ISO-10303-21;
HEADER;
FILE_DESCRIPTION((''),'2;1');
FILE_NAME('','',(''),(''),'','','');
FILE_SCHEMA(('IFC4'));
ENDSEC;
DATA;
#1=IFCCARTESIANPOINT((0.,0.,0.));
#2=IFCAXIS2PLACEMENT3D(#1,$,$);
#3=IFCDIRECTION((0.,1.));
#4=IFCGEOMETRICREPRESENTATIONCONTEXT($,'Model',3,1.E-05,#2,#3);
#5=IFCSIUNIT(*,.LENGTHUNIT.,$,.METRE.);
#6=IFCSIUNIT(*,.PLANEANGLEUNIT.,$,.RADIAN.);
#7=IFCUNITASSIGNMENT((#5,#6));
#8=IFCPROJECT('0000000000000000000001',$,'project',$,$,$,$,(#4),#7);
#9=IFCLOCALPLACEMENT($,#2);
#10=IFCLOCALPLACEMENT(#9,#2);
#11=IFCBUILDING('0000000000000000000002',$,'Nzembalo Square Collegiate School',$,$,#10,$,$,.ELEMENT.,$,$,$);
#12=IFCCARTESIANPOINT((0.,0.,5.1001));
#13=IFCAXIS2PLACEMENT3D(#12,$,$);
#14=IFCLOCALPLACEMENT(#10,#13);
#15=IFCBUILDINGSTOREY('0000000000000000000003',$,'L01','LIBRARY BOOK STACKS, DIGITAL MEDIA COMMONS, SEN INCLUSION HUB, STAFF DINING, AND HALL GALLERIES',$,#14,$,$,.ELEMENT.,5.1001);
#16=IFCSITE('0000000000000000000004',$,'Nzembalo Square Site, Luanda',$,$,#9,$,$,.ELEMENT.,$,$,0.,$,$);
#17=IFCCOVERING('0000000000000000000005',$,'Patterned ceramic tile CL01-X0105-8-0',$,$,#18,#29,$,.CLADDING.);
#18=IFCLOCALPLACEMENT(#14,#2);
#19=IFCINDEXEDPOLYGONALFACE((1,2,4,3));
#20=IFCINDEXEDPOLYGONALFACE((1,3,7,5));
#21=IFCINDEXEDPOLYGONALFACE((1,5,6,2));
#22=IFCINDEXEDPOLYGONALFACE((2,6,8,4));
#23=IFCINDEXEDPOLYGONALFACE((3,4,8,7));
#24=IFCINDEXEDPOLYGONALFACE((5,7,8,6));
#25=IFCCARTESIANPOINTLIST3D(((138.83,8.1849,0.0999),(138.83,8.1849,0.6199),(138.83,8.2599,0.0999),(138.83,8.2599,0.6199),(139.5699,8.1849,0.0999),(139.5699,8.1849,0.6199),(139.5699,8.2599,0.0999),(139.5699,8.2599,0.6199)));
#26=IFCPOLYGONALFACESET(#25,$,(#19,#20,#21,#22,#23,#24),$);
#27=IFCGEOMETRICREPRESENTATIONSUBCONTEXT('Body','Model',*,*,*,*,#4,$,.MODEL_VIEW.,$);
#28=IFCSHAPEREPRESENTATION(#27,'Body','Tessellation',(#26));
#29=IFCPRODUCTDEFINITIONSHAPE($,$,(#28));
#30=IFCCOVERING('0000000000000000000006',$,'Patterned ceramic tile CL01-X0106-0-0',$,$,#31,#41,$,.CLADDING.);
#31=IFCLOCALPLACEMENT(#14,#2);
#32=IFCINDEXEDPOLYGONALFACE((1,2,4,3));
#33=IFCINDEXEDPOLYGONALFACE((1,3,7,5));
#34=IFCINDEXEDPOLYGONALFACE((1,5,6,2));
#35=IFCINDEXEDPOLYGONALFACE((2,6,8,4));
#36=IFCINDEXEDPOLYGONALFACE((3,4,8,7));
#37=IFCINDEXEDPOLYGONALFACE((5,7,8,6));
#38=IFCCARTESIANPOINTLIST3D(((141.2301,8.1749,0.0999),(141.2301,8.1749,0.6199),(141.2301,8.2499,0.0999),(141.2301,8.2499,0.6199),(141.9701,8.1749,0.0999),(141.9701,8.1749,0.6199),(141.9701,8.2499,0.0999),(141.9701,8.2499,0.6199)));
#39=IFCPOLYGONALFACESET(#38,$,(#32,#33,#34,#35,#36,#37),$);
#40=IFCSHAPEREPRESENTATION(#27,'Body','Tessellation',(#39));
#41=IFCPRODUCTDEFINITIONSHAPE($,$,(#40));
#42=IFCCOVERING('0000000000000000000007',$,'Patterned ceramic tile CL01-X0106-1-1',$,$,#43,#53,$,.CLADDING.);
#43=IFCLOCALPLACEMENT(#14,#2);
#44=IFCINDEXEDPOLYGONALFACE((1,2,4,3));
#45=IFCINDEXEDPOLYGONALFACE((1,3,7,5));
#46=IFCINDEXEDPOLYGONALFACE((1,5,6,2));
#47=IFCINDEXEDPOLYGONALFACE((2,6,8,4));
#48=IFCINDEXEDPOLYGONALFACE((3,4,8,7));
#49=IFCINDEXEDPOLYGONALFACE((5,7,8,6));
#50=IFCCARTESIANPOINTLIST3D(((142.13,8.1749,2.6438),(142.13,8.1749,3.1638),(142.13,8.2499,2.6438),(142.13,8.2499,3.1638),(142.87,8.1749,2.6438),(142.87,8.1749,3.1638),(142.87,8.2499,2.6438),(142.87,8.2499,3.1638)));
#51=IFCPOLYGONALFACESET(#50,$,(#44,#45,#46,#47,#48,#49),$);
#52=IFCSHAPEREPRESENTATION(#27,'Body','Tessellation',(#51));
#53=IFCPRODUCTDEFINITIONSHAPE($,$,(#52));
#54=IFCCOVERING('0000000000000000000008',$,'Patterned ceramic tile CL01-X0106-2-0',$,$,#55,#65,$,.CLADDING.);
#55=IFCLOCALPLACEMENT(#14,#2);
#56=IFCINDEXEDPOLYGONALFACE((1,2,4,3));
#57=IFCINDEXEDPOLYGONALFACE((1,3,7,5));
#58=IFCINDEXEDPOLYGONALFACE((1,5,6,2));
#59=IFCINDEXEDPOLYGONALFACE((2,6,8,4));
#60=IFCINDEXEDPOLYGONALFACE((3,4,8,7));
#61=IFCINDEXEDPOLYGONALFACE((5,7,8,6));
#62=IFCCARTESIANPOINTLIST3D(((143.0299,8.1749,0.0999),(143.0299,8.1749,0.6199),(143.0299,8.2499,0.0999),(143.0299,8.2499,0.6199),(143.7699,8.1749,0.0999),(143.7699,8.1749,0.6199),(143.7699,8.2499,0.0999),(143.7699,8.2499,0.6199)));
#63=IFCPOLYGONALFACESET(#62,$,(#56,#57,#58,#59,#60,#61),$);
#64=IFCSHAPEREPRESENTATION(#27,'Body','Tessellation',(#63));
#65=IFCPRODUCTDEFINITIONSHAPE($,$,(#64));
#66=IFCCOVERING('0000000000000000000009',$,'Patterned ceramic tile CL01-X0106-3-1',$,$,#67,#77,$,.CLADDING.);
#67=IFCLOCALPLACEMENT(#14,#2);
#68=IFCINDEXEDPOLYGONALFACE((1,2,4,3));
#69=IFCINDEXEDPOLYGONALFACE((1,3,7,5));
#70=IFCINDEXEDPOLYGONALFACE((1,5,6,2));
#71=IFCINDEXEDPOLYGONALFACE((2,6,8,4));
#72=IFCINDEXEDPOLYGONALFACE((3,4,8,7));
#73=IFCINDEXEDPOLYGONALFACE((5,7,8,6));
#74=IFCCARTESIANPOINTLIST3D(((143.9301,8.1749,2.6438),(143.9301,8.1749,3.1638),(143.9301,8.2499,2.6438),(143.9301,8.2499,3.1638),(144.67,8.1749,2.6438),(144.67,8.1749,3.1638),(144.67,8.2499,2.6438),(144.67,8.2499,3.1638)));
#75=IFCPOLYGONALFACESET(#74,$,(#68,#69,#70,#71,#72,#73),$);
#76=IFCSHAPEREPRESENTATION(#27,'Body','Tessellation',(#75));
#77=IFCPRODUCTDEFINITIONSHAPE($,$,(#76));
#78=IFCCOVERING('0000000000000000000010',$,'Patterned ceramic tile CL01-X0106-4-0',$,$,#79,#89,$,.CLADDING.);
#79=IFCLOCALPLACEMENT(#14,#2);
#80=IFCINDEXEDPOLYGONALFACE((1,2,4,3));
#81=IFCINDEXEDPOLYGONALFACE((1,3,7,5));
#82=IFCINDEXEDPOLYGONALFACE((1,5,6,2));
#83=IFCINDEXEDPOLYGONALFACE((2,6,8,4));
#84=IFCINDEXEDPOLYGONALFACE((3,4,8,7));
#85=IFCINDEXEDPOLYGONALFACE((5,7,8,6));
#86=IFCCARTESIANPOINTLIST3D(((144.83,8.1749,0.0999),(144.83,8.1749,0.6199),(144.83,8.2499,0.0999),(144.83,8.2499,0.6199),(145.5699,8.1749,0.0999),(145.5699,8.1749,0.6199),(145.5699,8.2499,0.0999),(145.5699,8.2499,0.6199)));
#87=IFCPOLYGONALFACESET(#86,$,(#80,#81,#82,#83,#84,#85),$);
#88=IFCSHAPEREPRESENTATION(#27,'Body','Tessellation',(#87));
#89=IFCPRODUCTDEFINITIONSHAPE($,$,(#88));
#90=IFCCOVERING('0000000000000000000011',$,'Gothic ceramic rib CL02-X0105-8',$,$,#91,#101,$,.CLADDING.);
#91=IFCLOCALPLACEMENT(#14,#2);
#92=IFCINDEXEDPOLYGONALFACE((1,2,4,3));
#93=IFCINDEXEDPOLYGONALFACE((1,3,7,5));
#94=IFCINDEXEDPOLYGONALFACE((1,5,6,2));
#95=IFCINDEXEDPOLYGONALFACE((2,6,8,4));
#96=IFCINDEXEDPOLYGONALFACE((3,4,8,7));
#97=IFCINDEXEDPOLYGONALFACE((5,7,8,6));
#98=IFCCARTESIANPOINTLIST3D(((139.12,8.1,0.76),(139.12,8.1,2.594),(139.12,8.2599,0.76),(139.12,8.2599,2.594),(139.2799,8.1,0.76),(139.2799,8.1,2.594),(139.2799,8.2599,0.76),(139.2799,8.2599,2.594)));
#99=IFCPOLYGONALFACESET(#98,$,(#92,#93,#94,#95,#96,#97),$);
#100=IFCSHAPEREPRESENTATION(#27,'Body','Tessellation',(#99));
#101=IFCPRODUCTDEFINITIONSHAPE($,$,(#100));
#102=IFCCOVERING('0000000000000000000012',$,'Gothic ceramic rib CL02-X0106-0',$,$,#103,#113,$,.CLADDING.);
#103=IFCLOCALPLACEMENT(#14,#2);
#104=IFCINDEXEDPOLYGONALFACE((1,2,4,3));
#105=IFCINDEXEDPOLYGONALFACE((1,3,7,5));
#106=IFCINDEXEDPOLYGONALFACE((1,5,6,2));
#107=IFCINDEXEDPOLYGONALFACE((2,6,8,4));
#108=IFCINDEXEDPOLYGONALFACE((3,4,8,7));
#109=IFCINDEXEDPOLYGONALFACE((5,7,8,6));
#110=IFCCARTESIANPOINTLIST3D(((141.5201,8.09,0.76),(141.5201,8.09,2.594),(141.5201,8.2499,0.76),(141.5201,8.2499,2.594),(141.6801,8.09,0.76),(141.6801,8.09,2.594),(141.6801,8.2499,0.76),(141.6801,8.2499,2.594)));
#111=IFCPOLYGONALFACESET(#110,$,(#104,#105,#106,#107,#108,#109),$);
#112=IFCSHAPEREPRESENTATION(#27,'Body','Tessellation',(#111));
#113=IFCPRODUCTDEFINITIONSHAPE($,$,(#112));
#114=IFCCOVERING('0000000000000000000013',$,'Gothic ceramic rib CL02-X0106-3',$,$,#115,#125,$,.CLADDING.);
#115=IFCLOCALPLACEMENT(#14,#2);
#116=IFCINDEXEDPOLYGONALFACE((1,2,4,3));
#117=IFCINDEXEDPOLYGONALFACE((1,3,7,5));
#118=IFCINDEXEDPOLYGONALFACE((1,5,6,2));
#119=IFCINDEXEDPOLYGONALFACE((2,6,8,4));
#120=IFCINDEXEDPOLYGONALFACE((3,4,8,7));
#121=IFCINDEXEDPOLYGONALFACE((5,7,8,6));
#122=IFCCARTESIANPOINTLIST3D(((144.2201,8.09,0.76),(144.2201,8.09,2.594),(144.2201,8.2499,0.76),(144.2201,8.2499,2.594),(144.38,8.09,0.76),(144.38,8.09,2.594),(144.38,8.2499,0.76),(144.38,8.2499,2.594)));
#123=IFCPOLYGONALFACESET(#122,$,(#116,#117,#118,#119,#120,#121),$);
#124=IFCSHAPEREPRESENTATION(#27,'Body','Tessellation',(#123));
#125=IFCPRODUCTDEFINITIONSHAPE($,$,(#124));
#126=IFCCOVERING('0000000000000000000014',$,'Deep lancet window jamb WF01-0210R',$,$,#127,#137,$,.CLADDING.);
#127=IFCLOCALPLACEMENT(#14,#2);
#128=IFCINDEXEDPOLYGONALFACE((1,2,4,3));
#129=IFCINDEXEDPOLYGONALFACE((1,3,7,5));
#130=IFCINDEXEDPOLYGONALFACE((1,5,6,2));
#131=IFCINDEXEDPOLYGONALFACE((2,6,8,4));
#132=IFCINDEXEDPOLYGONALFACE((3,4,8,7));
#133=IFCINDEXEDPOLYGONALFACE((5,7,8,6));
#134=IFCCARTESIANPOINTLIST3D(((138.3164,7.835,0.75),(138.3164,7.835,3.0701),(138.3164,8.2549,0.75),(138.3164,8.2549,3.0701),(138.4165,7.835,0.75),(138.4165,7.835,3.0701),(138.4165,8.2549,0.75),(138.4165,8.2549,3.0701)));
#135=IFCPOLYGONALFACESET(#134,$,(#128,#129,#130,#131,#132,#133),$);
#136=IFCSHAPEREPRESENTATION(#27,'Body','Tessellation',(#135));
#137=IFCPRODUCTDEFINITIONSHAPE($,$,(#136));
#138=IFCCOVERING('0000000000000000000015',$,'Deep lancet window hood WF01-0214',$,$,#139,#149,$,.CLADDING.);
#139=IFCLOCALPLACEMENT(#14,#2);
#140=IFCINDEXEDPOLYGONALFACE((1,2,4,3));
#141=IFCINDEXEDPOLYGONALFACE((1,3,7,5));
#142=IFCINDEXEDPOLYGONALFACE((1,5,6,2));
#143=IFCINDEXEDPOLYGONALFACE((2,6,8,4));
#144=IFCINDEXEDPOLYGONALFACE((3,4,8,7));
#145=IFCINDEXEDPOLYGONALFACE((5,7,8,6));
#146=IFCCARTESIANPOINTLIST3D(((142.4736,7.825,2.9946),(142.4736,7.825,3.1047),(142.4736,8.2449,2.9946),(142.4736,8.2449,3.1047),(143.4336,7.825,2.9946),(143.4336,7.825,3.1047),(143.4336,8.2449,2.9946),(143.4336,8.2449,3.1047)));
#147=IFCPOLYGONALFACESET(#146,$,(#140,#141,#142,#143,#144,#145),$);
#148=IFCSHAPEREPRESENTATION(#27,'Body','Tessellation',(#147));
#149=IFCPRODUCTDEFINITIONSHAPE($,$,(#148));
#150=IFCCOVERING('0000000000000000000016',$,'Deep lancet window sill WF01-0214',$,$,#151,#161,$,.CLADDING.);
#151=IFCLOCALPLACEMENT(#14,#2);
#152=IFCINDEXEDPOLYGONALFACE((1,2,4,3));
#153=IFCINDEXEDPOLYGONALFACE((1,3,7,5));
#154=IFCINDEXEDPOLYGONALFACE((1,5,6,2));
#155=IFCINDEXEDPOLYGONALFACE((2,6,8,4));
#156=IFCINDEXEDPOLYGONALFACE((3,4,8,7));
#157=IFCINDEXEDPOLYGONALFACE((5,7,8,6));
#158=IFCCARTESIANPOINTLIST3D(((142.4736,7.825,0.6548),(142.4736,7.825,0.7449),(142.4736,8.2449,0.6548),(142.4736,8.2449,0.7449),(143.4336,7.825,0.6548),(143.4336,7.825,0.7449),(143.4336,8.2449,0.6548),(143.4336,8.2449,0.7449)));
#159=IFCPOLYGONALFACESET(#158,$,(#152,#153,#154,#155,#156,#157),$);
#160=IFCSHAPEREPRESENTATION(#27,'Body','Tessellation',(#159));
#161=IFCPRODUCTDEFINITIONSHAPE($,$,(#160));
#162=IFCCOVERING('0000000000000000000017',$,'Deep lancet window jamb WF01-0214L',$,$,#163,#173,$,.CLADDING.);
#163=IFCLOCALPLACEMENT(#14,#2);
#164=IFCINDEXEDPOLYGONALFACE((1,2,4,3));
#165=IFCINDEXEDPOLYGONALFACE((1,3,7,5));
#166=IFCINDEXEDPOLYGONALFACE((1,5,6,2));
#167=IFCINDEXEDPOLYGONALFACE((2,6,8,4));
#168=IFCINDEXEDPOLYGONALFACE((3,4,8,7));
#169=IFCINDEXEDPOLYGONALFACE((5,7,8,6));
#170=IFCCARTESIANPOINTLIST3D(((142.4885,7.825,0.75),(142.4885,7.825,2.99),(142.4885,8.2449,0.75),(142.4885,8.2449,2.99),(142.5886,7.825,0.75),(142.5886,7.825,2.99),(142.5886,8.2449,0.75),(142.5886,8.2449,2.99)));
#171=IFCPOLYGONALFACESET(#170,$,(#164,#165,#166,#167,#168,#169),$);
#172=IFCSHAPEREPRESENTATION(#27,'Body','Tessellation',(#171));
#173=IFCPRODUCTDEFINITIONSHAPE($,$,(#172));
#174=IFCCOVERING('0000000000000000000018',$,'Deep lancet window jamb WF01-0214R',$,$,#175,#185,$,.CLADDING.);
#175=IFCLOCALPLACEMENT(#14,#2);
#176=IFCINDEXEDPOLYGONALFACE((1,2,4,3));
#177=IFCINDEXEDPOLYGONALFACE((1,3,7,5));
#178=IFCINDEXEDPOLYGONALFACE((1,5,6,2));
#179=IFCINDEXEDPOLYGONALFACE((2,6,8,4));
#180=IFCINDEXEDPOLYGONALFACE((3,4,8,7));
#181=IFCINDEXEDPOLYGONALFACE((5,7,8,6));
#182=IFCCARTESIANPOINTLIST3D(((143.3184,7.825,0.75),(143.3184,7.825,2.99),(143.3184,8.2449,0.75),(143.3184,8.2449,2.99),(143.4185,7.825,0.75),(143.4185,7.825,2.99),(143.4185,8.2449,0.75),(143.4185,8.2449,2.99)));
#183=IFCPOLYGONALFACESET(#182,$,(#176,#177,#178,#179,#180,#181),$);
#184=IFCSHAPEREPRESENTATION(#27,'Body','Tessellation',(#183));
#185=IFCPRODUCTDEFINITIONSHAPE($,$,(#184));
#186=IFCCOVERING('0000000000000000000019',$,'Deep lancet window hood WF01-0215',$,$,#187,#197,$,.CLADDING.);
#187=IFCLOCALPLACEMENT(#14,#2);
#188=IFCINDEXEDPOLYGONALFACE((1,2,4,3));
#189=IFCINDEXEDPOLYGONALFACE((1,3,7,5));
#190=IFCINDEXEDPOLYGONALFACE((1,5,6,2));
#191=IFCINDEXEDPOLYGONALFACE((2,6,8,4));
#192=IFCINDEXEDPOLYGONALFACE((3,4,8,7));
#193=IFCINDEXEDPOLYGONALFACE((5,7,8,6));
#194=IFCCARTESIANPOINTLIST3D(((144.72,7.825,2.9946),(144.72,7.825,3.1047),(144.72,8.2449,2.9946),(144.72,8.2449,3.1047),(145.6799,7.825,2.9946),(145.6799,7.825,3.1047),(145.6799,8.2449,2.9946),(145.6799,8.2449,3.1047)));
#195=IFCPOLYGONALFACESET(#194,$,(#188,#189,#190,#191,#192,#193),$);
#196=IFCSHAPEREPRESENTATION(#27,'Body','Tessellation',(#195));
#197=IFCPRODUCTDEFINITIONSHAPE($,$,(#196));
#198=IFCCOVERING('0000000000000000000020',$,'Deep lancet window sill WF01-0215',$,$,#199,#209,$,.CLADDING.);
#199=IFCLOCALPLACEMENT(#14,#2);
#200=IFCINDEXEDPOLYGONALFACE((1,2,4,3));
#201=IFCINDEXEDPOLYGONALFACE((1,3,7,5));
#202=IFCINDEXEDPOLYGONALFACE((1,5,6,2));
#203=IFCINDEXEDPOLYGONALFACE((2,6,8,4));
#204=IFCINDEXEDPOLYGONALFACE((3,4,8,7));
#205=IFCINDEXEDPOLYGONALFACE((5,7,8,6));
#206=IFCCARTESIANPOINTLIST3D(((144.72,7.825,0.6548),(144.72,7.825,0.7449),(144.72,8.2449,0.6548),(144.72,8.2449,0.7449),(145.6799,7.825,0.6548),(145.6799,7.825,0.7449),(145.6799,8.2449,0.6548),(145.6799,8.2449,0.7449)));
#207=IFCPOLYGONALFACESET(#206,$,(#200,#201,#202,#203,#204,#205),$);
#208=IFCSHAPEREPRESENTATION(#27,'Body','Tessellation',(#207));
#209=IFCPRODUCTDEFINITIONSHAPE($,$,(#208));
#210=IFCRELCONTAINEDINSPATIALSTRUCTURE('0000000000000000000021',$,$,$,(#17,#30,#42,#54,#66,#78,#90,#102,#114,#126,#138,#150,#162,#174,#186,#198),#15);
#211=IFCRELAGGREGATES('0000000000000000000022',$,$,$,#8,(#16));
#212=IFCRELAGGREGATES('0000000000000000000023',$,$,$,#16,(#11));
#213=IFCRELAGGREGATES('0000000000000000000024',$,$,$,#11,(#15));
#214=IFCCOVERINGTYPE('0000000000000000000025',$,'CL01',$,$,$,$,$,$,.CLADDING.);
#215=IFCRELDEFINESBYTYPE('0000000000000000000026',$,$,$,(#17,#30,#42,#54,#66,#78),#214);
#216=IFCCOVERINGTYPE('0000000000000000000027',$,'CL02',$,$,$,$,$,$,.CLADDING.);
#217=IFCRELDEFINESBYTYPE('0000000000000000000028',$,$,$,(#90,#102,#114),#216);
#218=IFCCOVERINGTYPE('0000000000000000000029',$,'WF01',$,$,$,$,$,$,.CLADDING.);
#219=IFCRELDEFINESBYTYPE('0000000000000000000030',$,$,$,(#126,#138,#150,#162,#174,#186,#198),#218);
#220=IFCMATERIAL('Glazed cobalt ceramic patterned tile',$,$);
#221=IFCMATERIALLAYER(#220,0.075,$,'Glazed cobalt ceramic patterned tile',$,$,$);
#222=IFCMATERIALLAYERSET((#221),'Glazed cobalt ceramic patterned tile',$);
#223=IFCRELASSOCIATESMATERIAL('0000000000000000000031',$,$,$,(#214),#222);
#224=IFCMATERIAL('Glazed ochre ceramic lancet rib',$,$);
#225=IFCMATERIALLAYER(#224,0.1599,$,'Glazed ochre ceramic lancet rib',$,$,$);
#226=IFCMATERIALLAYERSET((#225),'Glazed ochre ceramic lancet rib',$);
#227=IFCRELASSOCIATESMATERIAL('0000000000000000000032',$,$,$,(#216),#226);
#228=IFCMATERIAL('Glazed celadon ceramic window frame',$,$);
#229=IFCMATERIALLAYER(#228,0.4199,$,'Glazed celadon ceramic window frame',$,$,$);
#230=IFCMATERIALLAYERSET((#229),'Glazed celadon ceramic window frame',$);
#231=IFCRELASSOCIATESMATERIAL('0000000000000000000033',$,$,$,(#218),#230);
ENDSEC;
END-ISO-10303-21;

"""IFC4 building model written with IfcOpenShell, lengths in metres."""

from ifc_helpers import new_model, si_unit, direction, frame, origin, origin_2d, place, context, subcontext, project, spatial, rectangle, extrude, material, layer, layer_set, type_object, element, save


model = new_model("IFC4")

# Units and contexts
model_context = context("Model", 3, precision=1e-05, world=origin(), true_north=direction((0.0, 1.0)))
body_context = subcontext(model_context, "Body", "Model", "MODEL_VIEW")
ifc_project = project(units=[si_unit("LENGTHUNIT", "METRE"), si_unit("PLANEANGLEUNIT", "RADIAN")], contexts=[model_context])

# Site, building, storey
site_placement = place(None, origin())
site = spatial("IfcSite", under=ifc_project, at=site_placement, Name="Nzembalo Square Site, Luanda", CompositionType="ELEMENT", RefElevation=0.0)
building_placement = place(site_placement, origin())
building = spatial("IfcBuilding", under=site, at=building_placement, Name="Nzembalo Square Collegiate School", CompositionType="ELEMENT")
storey_placement = place(building_placement, frame((0.0, 0.0, 5.1001)))
storey = spatial("IfcBuildingStorey", under=building, at=storey_placement, Name="L01", Description="LIBRARY BOOK STACKS, DIGITAL MEDIA COMMONS, SEN INCLUSION HUB, STAFF DINING, AND HALL GALLERIES", CompositionType="ELEMENT", Elevation=5.1001)

# Coverings
ifc_material_1 = material(Name="Glazed cobalt ceramic patterned tile")
ifc_layer_1 = layer(ifc_material_1, 0.075, Name="Glazed cobalt ceramic patterned tile")
ifc_layer_set_1 = layer_set([ifc_layer_1], Name="Glazed cobalt ceramic patterned tile")
covering_type_1 = type_object("IfcCoveringType", Name="CL01", PredefinedType="CLADDING", material=ifc_layer_set_1)
for number, where, z_axis, x_axis, name in (
    (1, (139.2, 8.2224, 0.0999), (0.0, 0.0, 1.0), (1.0, 0.0, 0.0), "Patterned ceramic tile CL01-X0105-8-0"),
    (2, (141.6001, 8.2124, 0.0999), (0.0, 0.0, 1.0), (1.0, 0.0, 0.0), "Patterned ceramic tile CL01-X0106-0-0"),
    (3, (142.5, 8.2124, 2.6438), (0.0, 0.0, 1.0), (1.0, 0.0, 0.0), "Patterned ceramic tile CL01-X0106-1-1"),
    (4, (143.3999, 8.2124, 0.0999), (0.0, 0.0, 1.0), (1.0, 0.0, 0.0), "Patterned ceramic tile CL01-X0106-2-0"),
    (5, (144.3, 8.2124, 2.6438), (0.0, 0.0, 1.0), (1.0, 0.0, 0.0), "Patterned ceramic tile CL01-X0106-3-1"),
    (6, (145.2, 8.2124, 0.0999), (0.0, 0.0, 1.0), (1.0, 0.0, 0.0), "Patterned ceramic tile CL01-X0106-4-0"),
):
    element("IfcCovering", number, at=place(storey_placement, frame(where, z_axis=z_axis, x_axis=x_axis)), inside=storey, type_object=covering_type_1, Name=name, PredefinedType="CLADDING", context=body_context, shape_type="SweptSolid", body=[
        extrude(rectangle(XDim=0.74, YDim=0.075, at=origin_2d()), origin(), (0.0, 0.0, 1.0), 0.52),
    ])
ifc_material_2 = material(Name="Glazed ochre ceramic lancet rib")
ifc_layer_2 = layer(ifc_material_2, 0.1599, Name="Glazed ochre ceramic lancet rib")
ifc_layer_set_2 = layer_set([ifc_layer_2], Name="Glazed ochre ceramic lancet rib")
covering_type_2 = type_object("IfcCoveringType", Name="CL02", PredefinedType="CLADDING", material=ifc_layer_set_2)
for number, where, z_axis, x_axis, name in (
    (7, (139.2, 8.1799, 0.76), (0.0, 0.0, 1.0), (1.0, 0.0, 0.0), "Gothic ceramic rib CL02-X0105-8"),
    (8, (141.6001, 8.1699, 0.76), (0.0, 0.0, 1.0), (1.0, 0.0, 0.0), "Gothic ceramic rib CL02-X0106-0"),
    (9, (144.3, 8.1699, 0.76), (0.0, 0.0, 1.0), (1.0, 0.0, 0.0), "Gothic ceramic rib CL02-X0106-3"),
):
    element("IfcCovering", number, at=place(storey_placement, frame(where, z_axis=z_axis, x_axis=x_axis)), inside=storey, type_object=covering_type_2, Name=name, PredefinedType="CLADDING", context=body_context, shape_type="SweptSolid", body=[
        extrude(rectangle(XDim=0.1599, YDim=0.1599, at=origin_2d()), origin(), (0.0, 0.0, 1.0), 1.834),
    ])
ifc_material_3 = material(Name="Glazed celadon ceramic window frame")
ifc_layer_3 = layer(ifc_material_3, 0.4199, Name="Glazed celadon ceramic window frame")
ifc_layer_set_3 = layer_set([ifc_layer_3], Name="Glazed celadon ceramic window frame")
covering_type_3 = type_object("IfcCoveringType", Name="WF01", PredefinedType="CLADDING", material=ifc_layer_set_3)
covering_1_placement = place(storey_placement, frame((138.3665, 8.0449, 0.75), z_axis=(0.0, 0.0, 1.0), x_axis=(1.0, 0.0, 0.0)))
element("IfcCovering", 10, at=covering_1_placement, inside=storey, type_object=covering_type_3, Name="Deep lancet window jamb WF01-0210R", PredefinedType="CLADDING", context=body_context, shape_type="SweptSolid", body=[
    extrude(rectangle(XDim=0.1001, YDim=0.4199, at=origin_2d()), origin(), (0.0, 0.0, 1.0), 2.3201),
])
covering_2_placement = place(storey_placement, frame((142.9536, 8.0349, 2.9946), z_axis=(0.0, 0.0, 1.0), x_axis=(1.0, 0.0, 0.0)))
element("IfcCovering", 11, at=covering_2_placement, inside=storey, type_object=covering_type_3, Name="Deep lancet window hood WF01-0214", PredefinedType="CLADDING", context=body_context, shape_type="SweptSolid", body=[
    extrude(rectangle(XDim=0.96, YDim=0.4199, at=origin_2d()), origin(), (0.0, 0.0, 1.0), 0.1101),
])
covering_3_placement = place(storey_placement, frame((142.9536, 8.0349, 0.6548), z_axis=(0.0, 0.0, 1.0), x_axis=(1.0, 0.0, 0.0)))
element("IfcCovering", 12, at=covering_3_placement, inside=storey, type_object=covering_type_3, Name="Deep lancet window sill WF01-0214", PredefinedType="CLADDING", context=body_context, shape_type="SweptSolid", body=[
    extrude(rectangle(XDim=0.96, YDim=0.4199, at=origin_2d()), origin(), (0.0, 0.0, 1.0), 0.0901),
])
for number, where, z_axis, x_axis, name in (
    (13, (142.5386, 8.0349, 0.75), (0.0, 0.0, 1.0), (1.0, 0.0, 0.0), "Deep lancet window jamb WF01-0214L"),
    (14, (143.3684, 8.0349, 0.75), (0.0, 0.0, 1.0), (1.0, 0.0, 0.0), "Deep lancet window jamb WF01-0214R"),
):
    element("IfcCovering", number, at=place(storey_placement, frame(where, z_axis=z_axis, x_axis=x_axis)), inside=storey, type_object=covering_type_3, Name=name, PredefinedType="CLADDING", context=body_context, shape_type="SweptSolid", body=[
        extrude(rectangle(XDim=0.1001, YDim=0.4199, at=origin_2d()), origin(), (0.0, 0.0, 1.0), 2.24),
    ])
covering_4_placement = place(storey_placement, frame((145.2, 8.0349, 2.9946), z_axis=(0.0, 0.0, 1.0), x_axis=(1.0, 0.0, 0.0)))
element("IfcCovering", 15, at=covering_4_placement, inside=storey, type_object=covering_type_3, Name="Deep lancet window hood WF01-0215", PredefinedType="CLADDING", context=body_context, shape_type="SweptSolid", body=[
    extrude(rectangle(XDim=0.96, YDim=0.4199, at=origin_2d()), origin(), (0.0, 0.0, 1.0), 0.1101),
])
covering_5_placement = place(storey_placement, frame((145.2, 8.0349, 0.6548), z_axis=(0.0, 0.0, 1.0), x_axis=(1.0, 0.0, 0.0)))
element("IfcCovering", 16, at=covering_5_placement, inside=storey, type_object=covering_type_3, Name="Deep lancet window sill WF01-0215", PredefinedType="CLADDING", context=body_context, shape_type="SweptSolid", body=[
    extrude(rectangle(XDim=0.96, YDim=0.4199, at=origin_2d()), origin(), (0.0, 0.0, 1.0), 0.0901),
])

save(model, "model.ifc")
